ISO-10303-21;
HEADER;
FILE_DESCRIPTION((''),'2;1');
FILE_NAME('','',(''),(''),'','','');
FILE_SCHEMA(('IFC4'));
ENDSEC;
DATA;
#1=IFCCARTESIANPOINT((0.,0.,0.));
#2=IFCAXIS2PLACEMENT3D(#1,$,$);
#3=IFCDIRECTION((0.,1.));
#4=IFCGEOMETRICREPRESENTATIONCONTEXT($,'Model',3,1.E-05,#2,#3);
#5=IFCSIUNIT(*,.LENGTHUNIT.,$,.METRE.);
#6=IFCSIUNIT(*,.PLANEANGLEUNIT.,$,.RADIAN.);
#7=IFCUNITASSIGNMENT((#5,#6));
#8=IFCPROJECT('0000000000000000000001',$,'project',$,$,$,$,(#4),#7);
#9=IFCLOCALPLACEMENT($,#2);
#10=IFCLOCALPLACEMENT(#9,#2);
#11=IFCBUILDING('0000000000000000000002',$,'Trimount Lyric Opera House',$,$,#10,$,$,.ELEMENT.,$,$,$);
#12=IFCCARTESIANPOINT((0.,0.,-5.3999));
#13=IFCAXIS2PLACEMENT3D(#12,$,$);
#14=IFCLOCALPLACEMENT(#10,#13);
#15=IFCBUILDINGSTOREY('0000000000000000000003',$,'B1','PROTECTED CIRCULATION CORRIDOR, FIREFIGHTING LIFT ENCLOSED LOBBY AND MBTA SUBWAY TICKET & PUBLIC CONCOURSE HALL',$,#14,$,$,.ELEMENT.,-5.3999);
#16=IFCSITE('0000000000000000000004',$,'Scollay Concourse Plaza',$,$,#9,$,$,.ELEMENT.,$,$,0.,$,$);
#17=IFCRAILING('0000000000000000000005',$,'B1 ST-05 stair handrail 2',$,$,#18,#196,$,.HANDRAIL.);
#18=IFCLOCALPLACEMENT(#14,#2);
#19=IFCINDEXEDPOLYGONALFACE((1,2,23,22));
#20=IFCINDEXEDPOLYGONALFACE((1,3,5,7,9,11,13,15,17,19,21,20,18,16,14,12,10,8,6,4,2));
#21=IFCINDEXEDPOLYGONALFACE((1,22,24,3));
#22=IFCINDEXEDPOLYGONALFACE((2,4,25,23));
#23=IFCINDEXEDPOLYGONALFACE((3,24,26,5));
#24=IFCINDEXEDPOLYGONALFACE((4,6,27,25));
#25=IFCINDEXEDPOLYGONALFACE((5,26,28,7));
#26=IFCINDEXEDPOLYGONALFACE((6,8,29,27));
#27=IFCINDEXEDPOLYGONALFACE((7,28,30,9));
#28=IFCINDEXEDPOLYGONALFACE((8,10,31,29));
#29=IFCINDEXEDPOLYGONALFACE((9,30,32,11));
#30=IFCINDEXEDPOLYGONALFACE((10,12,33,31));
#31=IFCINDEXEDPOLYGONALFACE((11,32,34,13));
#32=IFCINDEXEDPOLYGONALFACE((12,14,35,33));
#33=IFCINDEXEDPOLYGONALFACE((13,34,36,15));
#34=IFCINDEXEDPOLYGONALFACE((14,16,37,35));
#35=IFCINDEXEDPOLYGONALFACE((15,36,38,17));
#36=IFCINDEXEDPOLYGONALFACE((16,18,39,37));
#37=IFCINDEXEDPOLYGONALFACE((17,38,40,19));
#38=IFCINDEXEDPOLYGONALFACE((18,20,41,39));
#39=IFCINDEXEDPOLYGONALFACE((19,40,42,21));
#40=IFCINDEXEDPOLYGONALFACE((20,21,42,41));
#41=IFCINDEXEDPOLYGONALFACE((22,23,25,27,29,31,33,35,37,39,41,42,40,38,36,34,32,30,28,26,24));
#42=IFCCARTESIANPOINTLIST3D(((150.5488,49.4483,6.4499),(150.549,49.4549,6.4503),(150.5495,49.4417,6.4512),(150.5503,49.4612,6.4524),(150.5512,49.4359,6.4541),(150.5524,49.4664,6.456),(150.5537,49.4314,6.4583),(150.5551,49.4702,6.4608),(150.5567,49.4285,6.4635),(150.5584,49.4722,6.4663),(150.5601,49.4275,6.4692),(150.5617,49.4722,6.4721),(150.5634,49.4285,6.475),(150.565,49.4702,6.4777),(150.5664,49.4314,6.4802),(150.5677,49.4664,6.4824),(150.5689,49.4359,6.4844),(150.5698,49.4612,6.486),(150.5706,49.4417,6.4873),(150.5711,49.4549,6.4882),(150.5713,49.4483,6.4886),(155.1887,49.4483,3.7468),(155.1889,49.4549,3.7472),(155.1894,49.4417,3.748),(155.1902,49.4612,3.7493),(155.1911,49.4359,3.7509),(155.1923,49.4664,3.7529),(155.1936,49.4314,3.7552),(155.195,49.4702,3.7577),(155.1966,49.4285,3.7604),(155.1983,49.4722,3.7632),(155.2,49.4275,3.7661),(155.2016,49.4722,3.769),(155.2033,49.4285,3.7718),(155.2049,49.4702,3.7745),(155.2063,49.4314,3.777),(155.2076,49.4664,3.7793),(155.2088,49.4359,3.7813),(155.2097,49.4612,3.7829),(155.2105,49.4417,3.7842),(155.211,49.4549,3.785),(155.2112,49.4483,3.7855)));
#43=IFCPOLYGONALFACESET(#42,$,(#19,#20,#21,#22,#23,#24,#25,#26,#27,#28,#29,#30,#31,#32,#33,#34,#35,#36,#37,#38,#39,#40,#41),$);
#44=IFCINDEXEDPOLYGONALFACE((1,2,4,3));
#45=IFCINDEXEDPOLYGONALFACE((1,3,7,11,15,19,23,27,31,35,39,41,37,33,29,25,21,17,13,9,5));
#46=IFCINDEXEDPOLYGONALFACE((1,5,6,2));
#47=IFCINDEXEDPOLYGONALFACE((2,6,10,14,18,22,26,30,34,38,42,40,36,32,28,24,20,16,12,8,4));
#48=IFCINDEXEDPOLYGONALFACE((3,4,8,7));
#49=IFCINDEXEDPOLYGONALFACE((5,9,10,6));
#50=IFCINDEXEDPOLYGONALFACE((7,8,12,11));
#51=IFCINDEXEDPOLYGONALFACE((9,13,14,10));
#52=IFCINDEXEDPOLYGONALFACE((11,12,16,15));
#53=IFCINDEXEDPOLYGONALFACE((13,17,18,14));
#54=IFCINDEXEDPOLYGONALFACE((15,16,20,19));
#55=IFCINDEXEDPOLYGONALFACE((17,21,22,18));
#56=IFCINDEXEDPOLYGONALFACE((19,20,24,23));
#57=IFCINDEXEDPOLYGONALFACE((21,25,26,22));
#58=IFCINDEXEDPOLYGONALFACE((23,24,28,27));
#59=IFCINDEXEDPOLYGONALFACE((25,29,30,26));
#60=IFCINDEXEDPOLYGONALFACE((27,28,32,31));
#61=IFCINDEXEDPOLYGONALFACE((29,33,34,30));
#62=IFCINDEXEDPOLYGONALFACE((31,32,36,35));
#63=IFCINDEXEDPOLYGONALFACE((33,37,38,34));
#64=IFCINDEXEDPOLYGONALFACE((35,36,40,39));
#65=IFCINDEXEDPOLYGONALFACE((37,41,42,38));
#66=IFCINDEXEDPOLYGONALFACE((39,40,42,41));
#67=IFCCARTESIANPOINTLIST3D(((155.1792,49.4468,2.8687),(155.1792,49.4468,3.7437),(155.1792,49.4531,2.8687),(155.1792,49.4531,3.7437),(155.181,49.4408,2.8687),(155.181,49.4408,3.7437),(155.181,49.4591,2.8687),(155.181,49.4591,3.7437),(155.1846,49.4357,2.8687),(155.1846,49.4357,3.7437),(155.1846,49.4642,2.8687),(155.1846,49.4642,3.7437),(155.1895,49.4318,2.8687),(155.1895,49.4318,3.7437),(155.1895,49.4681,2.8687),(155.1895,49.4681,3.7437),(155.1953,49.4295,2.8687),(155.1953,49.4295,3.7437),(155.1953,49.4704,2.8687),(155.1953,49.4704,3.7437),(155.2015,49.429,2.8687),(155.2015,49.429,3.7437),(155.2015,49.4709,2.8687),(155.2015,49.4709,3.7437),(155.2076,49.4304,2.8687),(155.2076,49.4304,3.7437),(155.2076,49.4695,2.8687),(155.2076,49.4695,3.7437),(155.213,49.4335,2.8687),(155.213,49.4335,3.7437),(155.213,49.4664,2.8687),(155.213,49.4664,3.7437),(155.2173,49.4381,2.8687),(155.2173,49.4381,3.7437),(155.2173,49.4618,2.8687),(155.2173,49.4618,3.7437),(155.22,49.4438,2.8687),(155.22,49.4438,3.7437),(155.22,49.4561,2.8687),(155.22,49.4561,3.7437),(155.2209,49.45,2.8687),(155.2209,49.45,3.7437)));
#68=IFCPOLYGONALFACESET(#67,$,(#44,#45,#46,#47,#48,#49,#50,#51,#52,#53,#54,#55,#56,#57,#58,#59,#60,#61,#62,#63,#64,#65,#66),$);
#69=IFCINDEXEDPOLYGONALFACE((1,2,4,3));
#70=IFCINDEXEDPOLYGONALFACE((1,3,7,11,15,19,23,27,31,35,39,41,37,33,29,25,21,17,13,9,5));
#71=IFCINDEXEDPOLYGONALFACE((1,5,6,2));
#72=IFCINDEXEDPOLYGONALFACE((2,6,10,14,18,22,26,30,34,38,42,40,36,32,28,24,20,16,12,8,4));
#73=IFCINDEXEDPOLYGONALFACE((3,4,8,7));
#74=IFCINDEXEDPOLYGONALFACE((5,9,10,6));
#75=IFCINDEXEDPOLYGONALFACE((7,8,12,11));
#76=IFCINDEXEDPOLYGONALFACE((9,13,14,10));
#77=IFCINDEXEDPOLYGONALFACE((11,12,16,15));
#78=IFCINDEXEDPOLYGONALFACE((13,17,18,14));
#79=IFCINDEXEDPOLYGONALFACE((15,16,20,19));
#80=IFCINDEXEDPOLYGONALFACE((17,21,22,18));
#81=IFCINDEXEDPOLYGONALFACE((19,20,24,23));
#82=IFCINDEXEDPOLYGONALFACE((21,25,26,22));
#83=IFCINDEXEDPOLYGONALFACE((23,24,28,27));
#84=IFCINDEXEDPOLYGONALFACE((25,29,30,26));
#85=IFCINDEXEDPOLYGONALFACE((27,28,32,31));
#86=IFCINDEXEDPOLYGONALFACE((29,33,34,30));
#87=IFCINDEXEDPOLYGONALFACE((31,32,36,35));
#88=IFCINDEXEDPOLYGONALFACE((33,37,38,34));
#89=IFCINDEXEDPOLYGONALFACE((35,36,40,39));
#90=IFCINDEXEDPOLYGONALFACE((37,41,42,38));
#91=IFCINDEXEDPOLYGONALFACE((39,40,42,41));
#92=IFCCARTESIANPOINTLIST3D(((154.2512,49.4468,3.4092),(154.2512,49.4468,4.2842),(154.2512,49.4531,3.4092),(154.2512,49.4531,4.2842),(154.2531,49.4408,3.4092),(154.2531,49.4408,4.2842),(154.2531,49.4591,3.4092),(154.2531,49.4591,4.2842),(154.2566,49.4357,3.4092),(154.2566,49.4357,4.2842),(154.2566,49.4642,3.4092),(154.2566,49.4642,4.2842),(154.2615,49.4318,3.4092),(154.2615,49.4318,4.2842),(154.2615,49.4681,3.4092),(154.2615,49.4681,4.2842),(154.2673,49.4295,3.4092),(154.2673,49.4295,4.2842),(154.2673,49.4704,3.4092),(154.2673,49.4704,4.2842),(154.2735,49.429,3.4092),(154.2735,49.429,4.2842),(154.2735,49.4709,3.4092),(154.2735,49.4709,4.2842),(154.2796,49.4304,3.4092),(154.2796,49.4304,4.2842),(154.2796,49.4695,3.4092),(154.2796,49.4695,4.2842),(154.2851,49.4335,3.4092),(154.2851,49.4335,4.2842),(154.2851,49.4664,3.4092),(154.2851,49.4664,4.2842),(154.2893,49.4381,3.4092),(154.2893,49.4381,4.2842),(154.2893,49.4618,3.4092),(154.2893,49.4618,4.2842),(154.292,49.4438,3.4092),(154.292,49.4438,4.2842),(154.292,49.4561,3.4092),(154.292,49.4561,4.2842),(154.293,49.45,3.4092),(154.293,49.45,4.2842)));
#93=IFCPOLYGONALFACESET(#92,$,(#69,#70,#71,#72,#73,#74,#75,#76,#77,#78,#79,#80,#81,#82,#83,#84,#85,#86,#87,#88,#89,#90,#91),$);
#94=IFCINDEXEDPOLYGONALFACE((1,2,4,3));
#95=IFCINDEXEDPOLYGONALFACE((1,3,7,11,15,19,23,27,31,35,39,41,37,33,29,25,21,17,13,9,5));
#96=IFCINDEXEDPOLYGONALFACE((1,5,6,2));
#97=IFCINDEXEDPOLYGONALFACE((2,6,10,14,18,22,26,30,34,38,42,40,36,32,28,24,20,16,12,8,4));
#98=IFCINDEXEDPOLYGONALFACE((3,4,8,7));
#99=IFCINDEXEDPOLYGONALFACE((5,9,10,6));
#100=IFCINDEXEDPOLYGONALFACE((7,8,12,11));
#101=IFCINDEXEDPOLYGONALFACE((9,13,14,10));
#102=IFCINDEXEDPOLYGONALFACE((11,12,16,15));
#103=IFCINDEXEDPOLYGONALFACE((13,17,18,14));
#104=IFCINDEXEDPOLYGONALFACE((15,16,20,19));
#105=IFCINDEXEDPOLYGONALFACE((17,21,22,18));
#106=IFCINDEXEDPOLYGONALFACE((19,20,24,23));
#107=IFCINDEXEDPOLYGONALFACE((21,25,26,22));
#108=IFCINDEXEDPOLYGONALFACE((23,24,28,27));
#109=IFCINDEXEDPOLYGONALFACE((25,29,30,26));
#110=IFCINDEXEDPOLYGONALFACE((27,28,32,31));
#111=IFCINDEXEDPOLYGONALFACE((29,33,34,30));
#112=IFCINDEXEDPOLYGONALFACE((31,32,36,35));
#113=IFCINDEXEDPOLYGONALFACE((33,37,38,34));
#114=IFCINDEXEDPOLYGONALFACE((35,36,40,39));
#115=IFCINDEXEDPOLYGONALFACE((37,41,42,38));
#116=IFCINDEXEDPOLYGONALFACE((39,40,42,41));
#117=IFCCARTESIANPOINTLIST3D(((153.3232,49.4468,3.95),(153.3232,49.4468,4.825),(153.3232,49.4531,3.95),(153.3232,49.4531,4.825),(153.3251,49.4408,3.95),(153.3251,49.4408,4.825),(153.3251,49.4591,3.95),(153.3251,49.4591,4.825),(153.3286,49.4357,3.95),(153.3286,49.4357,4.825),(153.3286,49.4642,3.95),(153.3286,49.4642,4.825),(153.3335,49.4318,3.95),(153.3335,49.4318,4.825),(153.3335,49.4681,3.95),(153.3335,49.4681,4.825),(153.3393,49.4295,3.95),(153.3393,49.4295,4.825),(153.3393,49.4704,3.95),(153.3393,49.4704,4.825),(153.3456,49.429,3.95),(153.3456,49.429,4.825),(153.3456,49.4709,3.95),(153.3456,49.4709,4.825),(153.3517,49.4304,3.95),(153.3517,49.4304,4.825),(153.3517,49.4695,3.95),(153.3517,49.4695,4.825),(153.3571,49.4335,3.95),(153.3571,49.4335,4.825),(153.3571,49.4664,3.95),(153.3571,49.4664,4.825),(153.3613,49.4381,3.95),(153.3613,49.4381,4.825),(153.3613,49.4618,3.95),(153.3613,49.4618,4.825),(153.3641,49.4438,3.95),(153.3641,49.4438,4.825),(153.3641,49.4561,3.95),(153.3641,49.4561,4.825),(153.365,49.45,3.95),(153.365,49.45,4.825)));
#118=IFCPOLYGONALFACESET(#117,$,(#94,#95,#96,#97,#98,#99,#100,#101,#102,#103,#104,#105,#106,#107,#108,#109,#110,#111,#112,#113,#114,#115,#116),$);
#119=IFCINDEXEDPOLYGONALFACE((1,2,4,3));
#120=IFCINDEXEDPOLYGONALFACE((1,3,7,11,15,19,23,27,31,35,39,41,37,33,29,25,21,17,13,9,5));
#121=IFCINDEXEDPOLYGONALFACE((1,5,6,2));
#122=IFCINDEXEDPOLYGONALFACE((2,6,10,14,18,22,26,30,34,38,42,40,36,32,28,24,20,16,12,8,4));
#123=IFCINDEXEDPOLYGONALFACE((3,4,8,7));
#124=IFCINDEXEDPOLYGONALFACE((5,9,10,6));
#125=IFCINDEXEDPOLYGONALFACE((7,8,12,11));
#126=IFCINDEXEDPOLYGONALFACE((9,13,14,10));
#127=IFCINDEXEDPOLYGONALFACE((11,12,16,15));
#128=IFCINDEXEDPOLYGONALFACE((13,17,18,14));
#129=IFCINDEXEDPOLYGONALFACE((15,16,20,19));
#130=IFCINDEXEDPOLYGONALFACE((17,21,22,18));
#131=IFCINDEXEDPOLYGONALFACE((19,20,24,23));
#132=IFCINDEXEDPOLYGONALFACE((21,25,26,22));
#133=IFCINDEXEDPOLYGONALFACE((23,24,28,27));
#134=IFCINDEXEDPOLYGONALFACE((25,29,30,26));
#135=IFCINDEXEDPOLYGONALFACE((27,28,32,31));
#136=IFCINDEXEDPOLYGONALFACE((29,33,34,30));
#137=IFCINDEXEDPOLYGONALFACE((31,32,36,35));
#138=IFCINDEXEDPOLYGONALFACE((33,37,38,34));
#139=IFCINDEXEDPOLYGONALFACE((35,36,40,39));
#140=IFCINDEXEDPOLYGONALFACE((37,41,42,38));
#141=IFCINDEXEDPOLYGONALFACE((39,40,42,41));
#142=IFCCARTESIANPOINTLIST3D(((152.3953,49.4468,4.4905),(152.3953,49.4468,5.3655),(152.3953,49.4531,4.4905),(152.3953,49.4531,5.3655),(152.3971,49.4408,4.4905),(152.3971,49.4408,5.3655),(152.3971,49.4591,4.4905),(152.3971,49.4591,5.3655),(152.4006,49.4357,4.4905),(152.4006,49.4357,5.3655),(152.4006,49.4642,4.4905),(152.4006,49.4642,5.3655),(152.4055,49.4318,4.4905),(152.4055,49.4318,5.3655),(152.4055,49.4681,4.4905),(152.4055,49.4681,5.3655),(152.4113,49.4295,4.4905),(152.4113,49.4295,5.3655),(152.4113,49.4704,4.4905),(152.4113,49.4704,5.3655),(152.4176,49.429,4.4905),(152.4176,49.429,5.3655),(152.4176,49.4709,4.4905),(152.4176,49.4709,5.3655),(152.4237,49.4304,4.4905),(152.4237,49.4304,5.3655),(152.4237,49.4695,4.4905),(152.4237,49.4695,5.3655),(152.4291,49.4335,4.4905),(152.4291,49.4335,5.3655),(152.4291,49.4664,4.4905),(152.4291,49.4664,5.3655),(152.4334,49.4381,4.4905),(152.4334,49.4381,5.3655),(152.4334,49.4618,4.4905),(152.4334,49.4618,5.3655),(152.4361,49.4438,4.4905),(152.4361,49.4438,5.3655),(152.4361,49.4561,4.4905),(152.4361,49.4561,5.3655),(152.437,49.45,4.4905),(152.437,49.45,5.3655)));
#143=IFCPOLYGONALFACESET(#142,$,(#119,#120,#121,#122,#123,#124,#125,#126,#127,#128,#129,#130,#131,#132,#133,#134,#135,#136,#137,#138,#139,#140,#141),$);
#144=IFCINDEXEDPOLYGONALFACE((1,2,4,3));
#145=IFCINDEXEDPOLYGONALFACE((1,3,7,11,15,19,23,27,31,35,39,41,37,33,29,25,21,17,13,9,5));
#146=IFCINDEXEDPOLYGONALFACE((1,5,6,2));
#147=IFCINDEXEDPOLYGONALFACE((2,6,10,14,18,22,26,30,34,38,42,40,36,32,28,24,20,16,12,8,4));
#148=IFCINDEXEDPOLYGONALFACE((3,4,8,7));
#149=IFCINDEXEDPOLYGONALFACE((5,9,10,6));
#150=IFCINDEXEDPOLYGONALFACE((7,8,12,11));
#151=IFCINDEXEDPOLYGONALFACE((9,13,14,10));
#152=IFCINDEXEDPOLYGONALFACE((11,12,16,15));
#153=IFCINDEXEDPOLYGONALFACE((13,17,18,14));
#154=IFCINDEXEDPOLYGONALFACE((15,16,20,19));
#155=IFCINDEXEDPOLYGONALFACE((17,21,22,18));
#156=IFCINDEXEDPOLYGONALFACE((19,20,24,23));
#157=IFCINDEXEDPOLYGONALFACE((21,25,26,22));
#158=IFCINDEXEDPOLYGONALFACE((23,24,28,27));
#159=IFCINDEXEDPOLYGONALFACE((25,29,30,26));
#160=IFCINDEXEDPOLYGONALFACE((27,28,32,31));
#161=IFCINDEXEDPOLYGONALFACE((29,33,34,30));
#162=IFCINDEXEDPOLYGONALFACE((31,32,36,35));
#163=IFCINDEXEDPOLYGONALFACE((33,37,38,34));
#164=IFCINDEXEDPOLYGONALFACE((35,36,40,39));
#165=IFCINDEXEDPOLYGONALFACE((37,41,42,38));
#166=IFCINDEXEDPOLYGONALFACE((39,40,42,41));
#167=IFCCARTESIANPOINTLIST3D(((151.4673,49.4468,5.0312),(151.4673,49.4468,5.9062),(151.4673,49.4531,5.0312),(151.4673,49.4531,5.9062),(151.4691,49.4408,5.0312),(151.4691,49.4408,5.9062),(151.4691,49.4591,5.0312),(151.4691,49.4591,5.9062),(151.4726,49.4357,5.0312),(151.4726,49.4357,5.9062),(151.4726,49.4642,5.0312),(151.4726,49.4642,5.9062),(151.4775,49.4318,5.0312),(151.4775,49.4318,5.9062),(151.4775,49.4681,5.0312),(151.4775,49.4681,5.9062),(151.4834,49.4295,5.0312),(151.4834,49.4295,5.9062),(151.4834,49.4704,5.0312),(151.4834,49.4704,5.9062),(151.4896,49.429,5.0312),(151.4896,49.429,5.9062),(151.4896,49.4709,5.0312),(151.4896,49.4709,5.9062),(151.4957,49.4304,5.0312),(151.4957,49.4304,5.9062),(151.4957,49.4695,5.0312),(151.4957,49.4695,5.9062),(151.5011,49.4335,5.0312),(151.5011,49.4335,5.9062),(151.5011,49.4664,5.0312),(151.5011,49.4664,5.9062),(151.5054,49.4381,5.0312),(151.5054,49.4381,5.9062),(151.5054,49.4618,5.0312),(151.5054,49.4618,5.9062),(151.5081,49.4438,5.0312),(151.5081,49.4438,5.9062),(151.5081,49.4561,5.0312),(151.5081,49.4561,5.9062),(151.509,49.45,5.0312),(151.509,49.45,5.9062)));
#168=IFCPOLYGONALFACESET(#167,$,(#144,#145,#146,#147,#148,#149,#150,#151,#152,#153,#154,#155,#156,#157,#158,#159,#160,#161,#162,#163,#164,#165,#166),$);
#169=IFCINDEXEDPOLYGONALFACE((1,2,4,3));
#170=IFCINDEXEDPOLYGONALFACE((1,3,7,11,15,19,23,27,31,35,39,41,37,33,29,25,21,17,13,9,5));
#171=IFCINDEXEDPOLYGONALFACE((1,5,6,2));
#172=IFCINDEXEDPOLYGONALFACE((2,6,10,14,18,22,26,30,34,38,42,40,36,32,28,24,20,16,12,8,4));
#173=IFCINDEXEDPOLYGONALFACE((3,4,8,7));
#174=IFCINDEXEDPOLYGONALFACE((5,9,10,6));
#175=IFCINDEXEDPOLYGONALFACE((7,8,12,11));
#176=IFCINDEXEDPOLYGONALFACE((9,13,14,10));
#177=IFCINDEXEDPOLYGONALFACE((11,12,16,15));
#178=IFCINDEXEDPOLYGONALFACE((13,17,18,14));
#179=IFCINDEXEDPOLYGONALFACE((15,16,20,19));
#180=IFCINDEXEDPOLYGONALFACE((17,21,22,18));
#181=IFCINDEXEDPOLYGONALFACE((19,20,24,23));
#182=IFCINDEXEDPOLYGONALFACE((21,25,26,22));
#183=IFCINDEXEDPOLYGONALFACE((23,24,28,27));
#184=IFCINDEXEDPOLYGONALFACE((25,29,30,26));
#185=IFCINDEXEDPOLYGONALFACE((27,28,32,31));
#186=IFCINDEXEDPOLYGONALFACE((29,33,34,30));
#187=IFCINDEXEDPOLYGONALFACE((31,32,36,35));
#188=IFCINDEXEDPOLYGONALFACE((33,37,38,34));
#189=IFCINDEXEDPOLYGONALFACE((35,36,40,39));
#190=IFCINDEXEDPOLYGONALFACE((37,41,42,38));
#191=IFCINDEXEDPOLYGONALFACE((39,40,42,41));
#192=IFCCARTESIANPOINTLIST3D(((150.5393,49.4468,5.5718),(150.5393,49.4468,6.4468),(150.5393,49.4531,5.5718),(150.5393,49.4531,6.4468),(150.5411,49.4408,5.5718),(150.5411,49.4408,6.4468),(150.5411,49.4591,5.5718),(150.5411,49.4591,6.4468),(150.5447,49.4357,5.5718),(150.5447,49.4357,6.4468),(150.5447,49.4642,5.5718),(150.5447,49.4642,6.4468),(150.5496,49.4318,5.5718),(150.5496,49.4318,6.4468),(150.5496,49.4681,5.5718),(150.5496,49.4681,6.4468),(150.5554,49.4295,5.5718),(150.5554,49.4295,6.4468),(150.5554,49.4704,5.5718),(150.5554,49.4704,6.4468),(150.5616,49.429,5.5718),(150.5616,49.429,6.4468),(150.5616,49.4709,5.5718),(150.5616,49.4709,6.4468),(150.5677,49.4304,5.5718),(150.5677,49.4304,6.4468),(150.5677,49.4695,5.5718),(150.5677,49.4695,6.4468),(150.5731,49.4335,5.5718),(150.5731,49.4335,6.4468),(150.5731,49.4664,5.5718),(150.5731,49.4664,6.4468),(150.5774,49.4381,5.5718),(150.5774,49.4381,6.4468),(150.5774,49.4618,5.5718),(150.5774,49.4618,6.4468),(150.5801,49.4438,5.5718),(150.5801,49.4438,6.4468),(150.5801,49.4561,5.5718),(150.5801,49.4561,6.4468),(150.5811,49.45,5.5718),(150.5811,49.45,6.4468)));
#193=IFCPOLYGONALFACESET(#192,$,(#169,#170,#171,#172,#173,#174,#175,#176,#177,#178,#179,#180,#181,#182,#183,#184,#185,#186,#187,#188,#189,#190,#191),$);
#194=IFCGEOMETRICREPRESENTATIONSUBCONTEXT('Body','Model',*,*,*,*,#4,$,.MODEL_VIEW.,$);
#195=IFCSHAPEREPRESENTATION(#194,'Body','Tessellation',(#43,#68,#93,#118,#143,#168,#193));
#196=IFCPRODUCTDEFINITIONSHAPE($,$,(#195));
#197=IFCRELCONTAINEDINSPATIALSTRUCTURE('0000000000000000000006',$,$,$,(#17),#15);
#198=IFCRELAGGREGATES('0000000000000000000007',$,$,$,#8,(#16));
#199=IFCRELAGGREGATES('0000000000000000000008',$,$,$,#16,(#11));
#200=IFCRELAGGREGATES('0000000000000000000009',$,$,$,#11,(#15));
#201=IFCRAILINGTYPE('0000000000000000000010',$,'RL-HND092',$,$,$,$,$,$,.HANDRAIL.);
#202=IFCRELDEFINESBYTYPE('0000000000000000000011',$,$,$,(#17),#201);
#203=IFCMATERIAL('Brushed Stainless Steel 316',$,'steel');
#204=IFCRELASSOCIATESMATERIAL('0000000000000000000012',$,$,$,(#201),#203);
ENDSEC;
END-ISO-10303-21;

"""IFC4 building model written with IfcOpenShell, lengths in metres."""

from ifc_helpers import new_model, si_unit, direction, frame, origin, origin_2d, place, context, subcontext, project, spatial, circle, extrude, material, type_object, element, save


model = new_model("IFC4")

# Units and contexts
model_context = context("Model", 3, precision=1e-05, world=origin(), true_north=direction((0.0, 1.0)))
body_context = subcontext(model_context, "Body", "Model", "MODEL_VIEW")
ifc_project = project(units=[si_unit("LENGTHUNIT", "METRE"), si_unit("PLANEANGLEUNIT", "RADIAN")], contexts=[model_context])

# Site, building, storey
site_placement = place(None, origin())
site = spatial("IfcSite", under=ifc_project, at=site_placement, Name="Scollay Concourse Plaza", CompositionType="ELEMENT", RefElevation=0.0)
building_placement = place(site_placement, origin())
building = spatial("IfcBuilding", under=site, at=building_placement, Name="Trimount Lyric Opera House", CompositionType="ELEMENT")
storey_placement = place(building_placement, frame((0.0, 0.0, -5.3999)))
storey = spatial("IfcBuildingStorey", under=building, at=storey_placement, Name="B1", Description="PROTECTED CIRCULATION CORRIDOR, FIREFIGHTING LIFT ENCLOSED LOBBY AND MBTA SUBWAY TICKET & PUBLIC CONCOURSE HALL", CompositionType="ELEMENT", Elevation=-5.3999)

# Railing
ifc_material_1 = material(Name="Brushed Stainless Steel 316", Category="steel")
railing_type_1 = type_object("IfcRailingType", Name="RL-HND092", PredefinedType="HANDRAIL", material=ifc_material_1)
railing_1_placement = place(storey_placement, frame((155.2, 49.45, 2.8687)))
element("IfcRailing", 1, at=railing_1_placement, inside=storey, type_object=railing_type_1, Name="B1 ST-05 stair handrail 2", PredefinedType="HANDRAIL", context=body_context, shape_type="SweptSolid", body=[
    extrude(circle(Radius=0.0225, at=origin_2d()), frame((0.0, 0.0, 0.8975), z_axis=(-0.864061, 0.0, 0.503388), x_axis=(0.0, -1.0, 0.0)), (0.0, 0.0, 1.0), 5.3699),
    extrude(circle(Radius=0.021, at=origin_2d()), origin(), (0.0, 0.0, 1.0), 0.875),
    extrude(circle(Radius=0.021, at=origin_2d()), frame((-0.928, 0.0, 0.5405)), (0.0, 0.0, 1.0), 0.875),
    extrude(circle(Radius=0.021, at=origin_2d()), frame((-1.856, 0.0, 1.0813)), (0.0, 0.0, 1.0), 0.875),
    extrude(circle(Radius=0.021, at=origin_2d()), frame((-2.7839, 0.0, 1.6218)), (0.0, 0.0, 1.0), 0.875),
    extrude(circle(Radius=0.021, at=origin_2d()), frame((-3.7119, 0.0, 2.1626)), (0.0, 0.0, 1.0), 0.875),
    extrude(circle(Radius=0.021, at=origin_2d()), frame((-4.6399, 0.0, 2.7031)), (0.0, 0.0, 1.0), 0.875),
])

save(model, "model.ifc")
